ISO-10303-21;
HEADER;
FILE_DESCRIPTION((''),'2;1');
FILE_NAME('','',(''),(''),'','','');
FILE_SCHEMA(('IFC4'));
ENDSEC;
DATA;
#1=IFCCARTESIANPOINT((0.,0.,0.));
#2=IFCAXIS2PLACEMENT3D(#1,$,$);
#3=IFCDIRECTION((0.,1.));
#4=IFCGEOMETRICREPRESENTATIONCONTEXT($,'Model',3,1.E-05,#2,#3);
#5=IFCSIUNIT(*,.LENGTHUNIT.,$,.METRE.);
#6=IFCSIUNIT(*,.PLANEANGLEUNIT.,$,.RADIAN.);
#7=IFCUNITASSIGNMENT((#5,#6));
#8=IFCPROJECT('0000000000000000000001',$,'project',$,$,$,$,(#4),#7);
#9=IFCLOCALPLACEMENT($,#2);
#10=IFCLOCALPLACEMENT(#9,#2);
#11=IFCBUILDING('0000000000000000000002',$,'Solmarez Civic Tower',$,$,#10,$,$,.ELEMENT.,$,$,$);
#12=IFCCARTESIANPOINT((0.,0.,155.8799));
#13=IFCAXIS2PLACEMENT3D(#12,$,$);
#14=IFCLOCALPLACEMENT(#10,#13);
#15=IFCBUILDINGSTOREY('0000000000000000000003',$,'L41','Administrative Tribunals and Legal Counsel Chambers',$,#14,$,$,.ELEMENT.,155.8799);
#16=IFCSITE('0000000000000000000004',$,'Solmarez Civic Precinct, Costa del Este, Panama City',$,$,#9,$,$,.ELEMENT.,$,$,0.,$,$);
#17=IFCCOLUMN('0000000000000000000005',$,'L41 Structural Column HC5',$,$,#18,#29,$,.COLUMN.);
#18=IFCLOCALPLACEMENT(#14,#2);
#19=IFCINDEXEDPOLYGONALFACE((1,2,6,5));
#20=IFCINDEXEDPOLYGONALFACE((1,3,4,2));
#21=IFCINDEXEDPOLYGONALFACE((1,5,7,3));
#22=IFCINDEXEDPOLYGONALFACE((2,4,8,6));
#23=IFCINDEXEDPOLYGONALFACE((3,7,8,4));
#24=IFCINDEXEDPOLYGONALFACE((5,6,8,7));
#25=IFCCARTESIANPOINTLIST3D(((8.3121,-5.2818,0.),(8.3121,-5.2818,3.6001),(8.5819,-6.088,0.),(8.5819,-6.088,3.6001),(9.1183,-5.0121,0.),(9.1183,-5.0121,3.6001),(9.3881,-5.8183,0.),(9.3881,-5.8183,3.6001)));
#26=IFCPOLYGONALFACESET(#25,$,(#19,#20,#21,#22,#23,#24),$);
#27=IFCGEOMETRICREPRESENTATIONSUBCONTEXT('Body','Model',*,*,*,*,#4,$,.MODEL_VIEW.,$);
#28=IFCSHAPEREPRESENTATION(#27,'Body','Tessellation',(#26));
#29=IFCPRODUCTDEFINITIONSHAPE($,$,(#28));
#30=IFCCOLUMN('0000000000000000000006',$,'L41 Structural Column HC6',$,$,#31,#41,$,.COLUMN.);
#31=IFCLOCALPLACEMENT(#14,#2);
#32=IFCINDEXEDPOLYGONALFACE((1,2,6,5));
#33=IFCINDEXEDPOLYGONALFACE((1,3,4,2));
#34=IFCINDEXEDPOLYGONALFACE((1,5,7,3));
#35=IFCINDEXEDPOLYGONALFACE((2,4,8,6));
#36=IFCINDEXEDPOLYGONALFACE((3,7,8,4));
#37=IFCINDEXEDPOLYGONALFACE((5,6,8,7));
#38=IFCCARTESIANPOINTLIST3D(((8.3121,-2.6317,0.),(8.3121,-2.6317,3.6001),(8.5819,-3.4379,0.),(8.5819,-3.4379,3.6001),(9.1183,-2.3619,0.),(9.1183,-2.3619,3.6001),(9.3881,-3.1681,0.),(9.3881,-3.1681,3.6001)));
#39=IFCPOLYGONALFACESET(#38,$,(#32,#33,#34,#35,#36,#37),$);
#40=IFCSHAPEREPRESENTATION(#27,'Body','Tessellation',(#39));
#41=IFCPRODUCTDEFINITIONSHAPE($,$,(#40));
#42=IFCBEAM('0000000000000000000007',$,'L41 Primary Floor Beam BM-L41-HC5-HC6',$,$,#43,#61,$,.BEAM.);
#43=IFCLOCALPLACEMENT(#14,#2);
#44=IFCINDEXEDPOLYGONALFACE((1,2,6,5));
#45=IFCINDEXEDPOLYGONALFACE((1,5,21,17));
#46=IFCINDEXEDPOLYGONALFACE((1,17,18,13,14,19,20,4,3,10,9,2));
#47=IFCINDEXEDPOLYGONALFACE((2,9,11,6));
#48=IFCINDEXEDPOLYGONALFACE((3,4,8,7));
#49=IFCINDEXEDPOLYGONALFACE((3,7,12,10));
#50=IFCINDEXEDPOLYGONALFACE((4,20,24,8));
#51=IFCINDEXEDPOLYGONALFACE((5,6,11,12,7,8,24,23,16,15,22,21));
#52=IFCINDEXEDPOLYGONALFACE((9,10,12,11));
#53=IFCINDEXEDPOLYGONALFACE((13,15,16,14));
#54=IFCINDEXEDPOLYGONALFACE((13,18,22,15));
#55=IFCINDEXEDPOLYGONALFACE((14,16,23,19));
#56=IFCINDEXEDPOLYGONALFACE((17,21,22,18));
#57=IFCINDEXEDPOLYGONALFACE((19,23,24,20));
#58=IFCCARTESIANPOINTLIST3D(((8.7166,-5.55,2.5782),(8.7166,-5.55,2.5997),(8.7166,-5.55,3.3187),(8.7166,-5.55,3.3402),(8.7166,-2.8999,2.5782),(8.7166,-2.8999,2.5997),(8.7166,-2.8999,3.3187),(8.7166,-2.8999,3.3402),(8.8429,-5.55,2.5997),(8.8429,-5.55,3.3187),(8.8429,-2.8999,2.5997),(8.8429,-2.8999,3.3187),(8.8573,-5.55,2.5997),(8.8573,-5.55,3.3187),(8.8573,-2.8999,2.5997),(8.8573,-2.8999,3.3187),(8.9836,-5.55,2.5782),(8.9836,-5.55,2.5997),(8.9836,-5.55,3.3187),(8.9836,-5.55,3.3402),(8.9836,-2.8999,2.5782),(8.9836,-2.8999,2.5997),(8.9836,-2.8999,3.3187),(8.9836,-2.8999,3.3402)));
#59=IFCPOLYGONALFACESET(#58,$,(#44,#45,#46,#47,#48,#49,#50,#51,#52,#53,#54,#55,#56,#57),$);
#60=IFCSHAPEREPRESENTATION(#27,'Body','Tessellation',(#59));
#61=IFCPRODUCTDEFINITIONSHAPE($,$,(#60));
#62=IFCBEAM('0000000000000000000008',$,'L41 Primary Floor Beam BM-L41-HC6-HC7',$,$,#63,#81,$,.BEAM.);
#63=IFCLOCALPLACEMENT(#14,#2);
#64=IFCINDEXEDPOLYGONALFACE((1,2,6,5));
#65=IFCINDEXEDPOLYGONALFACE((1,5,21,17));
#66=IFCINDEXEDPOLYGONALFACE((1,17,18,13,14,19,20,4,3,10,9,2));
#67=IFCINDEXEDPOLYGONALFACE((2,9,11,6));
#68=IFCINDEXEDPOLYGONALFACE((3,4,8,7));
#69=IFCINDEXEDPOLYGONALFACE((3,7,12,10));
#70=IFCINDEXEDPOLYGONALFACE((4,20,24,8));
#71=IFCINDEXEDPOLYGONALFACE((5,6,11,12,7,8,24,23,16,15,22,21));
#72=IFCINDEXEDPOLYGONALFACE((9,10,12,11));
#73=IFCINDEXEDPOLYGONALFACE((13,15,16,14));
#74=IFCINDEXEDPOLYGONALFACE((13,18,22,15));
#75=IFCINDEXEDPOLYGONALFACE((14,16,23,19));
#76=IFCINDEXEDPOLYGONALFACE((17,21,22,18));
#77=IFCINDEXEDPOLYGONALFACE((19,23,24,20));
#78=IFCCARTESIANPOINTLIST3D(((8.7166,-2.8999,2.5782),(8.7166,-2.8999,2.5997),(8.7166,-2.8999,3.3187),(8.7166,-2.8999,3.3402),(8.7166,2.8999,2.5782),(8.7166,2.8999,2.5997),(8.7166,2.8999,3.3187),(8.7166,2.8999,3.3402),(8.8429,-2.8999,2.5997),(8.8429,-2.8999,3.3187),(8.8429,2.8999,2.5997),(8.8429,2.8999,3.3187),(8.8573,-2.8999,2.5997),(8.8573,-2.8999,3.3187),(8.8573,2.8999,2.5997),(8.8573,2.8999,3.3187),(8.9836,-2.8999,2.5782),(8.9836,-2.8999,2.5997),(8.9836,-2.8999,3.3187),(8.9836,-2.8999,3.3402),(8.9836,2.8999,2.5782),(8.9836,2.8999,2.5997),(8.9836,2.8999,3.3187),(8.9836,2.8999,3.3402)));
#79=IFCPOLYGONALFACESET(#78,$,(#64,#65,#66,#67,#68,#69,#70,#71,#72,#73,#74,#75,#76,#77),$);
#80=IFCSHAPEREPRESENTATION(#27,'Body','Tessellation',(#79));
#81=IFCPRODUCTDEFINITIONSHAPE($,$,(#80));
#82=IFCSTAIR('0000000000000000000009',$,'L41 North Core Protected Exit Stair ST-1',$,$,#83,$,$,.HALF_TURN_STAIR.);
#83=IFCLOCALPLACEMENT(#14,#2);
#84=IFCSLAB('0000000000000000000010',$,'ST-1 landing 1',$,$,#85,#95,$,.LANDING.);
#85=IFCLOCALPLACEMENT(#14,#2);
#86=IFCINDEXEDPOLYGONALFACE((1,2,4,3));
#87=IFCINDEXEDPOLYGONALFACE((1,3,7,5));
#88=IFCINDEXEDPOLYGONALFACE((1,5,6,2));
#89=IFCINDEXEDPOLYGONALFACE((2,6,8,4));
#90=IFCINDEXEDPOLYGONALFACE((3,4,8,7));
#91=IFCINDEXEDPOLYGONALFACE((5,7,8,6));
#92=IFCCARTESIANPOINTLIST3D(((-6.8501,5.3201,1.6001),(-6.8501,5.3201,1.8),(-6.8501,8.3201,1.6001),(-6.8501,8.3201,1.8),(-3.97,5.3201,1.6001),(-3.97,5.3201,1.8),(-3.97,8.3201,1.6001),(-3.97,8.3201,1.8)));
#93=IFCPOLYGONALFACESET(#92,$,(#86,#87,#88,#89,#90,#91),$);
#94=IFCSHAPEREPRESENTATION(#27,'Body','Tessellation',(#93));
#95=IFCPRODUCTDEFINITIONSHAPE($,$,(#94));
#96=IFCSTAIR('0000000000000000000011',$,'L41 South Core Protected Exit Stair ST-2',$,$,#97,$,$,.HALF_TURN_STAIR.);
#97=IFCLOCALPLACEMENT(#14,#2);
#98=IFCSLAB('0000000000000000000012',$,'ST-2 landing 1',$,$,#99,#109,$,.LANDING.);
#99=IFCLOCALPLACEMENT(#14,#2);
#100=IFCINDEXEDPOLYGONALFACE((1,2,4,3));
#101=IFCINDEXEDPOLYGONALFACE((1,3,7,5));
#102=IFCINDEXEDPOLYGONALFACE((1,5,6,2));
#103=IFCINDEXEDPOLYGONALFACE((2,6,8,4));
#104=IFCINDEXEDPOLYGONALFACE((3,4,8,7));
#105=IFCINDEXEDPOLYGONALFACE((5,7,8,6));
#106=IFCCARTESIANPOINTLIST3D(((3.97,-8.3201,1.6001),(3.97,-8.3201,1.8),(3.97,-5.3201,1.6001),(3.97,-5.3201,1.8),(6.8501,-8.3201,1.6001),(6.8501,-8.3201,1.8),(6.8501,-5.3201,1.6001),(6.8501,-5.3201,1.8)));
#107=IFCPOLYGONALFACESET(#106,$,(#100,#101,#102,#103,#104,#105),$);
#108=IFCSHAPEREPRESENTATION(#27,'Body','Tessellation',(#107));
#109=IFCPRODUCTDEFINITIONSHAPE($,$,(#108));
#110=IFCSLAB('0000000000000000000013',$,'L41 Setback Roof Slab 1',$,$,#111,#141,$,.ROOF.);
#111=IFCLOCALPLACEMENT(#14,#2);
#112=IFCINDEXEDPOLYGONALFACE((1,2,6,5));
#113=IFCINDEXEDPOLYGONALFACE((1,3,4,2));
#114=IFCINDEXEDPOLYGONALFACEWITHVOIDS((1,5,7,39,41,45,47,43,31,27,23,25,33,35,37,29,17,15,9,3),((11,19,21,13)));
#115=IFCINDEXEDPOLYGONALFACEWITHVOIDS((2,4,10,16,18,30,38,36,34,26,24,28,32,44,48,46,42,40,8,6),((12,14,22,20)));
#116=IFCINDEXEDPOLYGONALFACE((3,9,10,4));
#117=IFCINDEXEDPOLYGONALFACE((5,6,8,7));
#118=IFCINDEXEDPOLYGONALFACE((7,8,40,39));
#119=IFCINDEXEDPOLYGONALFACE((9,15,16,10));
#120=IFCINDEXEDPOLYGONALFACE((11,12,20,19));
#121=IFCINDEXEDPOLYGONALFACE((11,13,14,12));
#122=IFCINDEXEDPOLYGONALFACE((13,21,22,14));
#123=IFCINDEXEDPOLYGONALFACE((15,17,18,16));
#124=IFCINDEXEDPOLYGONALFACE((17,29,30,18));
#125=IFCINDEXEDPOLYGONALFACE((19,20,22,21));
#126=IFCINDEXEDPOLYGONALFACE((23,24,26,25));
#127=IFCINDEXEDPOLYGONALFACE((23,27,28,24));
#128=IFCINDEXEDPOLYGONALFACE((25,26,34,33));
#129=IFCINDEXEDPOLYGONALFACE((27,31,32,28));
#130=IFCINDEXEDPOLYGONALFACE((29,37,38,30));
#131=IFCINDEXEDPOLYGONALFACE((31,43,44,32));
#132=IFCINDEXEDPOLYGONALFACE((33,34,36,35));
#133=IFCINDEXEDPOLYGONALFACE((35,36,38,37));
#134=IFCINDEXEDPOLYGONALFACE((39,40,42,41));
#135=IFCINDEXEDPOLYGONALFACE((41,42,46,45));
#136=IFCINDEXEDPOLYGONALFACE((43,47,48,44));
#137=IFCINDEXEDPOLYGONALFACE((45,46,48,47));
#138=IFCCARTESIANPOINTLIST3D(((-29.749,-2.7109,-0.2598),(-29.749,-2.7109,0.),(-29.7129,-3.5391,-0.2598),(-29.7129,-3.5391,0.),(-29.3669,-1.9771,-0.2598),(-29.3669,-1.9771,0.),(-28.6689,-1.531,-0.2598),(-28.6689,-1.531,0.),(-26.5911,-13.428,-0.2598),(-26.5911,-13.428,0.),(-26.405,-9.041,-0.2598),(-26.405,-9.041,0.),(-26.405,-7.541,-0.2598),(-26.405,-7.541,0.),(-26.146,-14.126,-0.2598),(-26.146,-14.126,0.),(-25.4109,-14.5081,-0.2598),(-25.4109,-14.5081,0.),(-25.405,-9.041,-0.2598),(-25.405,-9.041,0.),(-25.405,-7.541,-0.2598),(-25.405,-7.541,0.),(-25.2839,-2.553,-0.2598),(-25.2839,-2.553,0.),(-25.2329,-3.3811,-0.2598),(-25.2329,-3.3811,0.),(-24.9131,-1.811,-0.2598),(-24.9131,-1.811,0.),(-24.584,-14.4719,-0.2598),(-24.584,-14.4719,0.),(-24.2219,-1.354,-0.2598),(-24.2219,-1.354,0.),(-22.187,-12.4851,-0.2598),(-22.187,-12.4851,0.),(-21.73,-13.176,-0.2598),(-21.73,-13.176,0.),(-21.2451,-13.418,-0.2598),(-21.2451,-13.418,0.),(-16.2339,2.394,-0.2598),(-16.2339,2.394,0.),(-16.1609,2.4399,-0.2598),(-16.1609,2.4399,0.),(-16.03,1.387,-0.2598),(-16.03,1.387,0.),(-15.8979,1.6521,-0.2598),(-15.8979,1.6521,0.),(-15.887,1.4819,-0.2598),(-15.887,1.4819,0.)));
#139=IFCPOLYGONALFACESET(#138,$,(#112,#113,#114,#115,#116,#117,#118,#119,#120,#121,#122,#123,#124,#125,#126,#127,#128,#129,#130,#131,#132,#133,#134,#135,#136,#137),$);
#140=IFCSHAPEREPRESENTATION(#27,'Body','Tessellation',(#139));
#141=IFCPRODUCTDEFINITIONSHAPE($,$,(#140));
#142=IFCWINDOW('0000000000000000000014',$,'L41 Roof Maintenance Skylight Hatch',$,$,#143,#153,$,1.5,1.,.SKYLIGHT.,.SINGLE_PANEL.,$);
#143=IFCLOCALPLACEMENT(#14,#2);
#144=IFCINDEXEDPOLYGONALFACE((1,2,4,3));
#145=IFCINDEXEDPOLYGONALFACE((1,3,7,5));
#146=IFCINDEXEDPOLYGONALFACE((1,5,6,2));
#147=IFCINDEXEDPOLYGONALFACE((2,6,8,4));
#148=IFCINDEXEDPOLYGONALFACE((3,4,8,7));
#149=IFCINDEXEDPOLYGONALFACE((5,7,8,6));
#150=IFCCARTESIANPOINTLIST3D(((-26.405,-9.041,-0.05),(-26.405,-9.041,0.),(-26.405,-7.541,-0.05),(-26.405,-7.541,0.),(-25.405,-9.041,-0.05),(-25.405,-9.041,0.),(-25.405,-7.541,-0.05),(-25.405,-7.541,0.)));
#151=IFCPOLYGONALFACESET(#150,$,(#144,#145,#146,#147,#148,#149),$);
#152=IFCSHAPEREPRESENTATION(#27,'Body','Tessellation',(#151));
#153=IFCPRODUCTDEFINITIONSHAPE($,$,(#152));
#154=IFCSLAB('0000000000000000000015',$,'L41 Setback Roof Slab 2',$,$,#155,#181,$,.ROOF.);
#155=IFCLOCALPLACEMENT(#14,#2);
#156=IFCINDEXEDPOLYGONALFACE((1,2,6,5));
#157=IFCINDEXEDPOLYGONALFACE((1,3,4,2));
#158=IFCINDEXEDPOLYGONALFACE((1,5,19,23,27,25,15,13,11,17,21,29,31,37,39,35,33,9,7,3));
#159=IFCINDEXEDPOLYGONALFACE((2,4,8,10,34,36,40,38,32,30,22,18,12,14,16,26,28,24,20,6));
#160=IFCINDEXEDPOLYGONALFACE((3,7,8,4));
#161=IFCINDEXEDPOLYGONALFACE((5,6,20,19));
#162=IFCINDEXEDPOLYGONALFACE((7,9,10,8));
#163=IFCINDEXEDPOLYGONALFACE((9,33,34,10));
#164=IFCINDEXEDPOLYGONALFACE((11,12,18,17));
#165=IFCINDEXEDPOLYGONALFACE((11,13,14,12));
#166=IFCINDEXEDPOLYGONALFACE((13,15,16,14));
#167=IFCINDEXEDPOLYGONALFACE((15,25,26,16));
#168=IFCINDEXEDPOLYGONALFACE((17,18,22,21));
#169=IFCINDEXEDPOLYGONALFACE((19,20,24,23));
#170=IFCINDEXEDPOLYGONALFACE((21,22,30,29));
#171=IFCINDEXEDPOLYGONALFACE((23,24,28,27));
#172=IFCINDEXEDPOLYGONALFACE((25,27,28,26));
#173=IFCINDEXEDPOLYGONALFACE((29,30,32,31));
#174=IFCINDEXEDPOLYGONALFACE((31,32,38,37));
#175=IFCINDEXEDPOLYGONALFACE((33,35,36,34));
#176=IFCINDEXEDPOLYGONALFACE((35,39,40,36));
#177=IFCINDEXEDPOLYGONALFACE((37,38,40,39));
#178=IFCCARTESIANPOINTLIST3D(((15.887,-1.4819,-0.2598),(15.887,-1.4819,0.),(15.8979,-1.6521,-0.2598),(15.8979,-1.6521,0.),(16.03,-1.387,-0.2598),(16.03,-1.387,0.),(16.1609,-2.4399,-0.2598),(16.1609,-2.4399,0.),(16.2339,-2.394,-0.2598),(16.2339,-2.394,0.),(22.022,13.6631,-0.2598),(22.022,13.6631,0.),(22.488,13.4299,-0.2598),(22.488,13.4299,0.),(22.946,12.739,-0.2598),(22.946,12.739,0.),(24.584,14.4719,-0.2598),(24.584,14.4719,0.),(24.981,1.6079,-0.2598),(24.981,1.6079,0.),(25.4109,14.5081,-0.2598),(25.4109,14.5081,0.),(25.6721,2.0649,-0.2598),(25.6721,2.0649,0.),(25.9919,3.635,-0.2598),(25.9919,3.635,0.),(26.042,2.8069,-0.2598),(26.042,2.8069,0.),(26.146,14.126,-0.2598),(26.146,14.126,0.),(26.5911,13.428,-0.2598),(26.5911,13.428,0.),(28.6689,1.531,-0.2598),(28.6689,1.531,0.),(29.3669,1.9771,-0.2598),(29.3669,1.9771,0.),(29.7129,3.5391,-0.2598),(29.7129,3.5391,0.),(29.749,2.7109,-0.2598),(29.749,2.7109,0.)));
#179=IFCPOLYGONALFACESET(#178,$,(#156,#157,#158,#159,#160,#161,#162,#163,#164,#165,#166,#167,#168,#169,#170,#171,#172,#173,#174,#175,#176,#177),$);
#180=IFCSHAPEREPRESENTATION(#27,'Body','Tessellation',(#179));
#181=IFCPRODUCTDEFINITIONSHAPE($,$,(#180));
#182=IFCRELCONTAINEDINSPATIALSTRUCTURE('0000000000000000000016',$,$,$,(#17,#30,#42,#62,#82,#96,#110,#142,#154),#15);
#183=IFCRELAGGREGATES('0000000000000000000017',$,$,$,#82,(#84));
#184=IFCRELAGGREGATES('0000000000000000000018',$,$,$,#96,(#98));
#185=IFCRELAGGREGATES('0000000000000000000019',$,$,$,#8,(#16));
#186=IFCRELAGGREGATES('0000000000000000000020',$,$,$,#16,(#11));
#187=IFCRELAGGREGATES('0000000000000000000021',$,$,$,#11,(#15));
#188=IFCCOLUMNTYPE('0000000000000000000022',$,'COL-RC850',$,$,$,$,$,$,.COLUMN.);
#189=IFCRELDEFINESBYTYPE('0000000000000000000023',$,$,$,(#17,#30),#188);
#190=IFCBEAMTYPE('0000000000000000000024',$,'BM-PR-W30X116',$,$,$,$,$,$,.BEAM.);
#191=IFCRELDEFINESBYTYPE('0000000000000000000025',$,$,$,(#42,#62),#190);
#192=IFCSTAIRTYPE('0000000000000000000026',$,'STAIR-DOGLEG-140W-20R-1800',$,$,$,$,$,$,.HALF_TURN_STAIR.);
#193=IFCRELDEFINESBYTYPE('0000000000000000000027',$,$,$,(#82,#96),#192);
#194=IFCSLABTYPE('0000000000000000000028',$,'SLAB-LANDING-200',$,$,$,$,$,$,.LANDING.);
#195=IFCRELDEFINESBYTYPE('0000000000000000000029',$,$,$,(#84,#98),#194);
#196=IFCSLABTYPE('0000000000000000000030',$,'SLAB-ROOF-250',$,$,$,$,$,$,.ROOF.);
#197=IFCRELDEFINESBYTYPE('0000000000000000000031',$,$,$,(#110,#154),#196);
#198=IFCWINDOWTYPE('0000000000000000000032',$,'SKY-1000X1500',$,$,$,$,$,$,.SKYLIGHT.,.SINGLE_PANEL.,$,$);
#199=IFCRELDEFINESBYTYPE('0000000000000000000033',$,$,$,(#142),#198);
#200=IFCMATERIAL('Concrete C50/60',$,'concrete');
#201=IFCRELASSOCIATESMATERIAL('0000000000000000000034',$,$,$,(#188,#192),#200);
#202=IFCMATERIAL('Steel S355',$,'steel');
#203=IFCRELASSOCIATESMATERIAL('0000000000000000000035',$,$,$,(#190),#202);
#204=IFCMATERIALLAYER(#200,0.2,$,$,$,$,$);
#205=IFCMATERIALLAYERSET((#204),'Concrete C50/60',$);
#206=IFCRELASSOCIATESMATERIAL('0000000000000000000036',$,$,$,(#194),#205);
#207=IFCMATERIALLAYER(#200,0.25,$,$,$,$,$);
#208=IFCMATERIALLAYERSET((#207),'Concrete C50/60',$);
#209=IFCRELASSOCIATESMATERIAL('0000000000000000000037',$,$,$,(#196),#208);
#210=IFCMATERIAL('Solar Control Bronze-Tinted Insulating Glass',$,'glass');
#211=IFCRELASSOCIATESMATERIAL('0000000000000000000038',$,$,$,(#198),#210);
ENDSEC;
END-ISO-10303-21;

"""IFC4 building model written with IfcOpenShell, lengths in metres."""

from ifc_helpers import new_model, si_unit, direction, frame, origin, origin_2d, place, context, subcontext, project, spatial, polyline, rectangle, i_section, outline, extrude, material, layer, layer_set, material_profile, profile_set, type_object, element, fill, aggregate, save


model = new_model("IFC4")

# Units and contexts
model_context = context("Model", 3, precision=1e-05, world=origin(), true_north=direction((0.0, 1.0)))
body_context = subcontext(model_context, "Body", "Model", "MODEL_VIEW")
ifc_project = project(units=[si_unit("LENGTHUNIT", "METRE"), si_unit("PLANEANGLEUNIT", "RADIAN")], contexts=[model_context])

# Site, building, storey
site_placement = place(None, origin())
site = spatial("IfcSite", under=ifc_project, at=site_placement, Name="Solmarez Civic Precinct, Costa del Este, Panama City", CompositionType="ELEMENT", RefElevation=0.0)
building_placement = place(site_placement, origin())
building = spatial("IfcBuilding", under=site, at=building_placement, Name="Solmarez Civic Tower", CompositionType="ELEMENT")
storey_placement = place(building_placement, frame((0.0, 0.0, 155.8799)))
storey = spatial("IfcBuildingStorey", under=building, at=storey_placement, Name="L41", Description="Administrative Tribunals and Legal Counsel Chambers", CompositionType="ELEMENT", Elevation=155.8799)

# Columns
ifc_material_1 = material(Name="Concrete C50/60", Category="concrete")
ifc_material_profile_1 = material_profile(ifc_material_1, rectangle(XDim=0.8501, YDim=0.8501, at=origin_2d()), Name="RC850X850")
ifc_profile_set_1 = profile_set([ifc_material_profile_1], Name="Concrete C50/60")
column_type = type_object("IfcColumnType", Name="COL-RC850", PredefinedType="COLUMN", material=ifc_profile_set_1)
for number, where, z_axis, x_axis, name in (
    (1, (8.8501, -5.55, 0.0), (0.0, 0.0, 1.0), (0.948324, 0.317305, 0.0), "L41 Structural Column HC5"),
    (2, (8.8501, -2.8999, 0.0), (0.0, 0.0, 1.0), (0.948324, 0.317305, 0.0), "L41 Structural Column HC6"),
):
    element("IfcColumn", number, at=place(storey_placement, frame(where, z_axis=z_axis, x_axis=x_axis)), inside=storey, type_object=column_type, Name=name, PredefinedType="COLUMN", context=body_context, shape_type="SweptSolid", body=[
        extrude(rectangle(XDim=0.8501, YDim=0.8501, at=origin_2d()), origin(), (0.0, 0.0, 1.0), 3.6001),
    ])

# Beams
ifc_material_2 = material(Name="Steel S355", Category="steel")
ifc_material_profile_2 = material_profile(ifc_material_2, i_section(OverallWidth=0.2671, OverallDepth=0.762, WebThickness=0.0144, FlangeThickness=0.0215, at=origin_2d()), Name="W30X116")
ifc_profile_set_2 = profile_set([ifc_material_profile_2], Name="Steel S355")
beam_type = type_object("IfcBeamType", Name="BM-PR-W30X116", PredefinedType="BEAM", material=ifc_profile_set_2)
beam_1_placement = place(storey_placement, frame((8.8501, -5.55, 2.9592), z_axis=(0.0, 1.0, 0.0), x_axis=(-1.0, 0.0, 0.0)))
element("IfcBeam", 3, at=beam_1_placement, inside=storey, type_object=beam_type, Name="L41 Primary Floor Beam BM-L41-HC5-HC6", PredefinedType="BEAM", context=body_context, shape_type="SweptSolid", body=[
    extrude(i_section(OverallWidth=0.2671, OverallDepth=0.762, WebThickness=0.0144, FlangeThickness=0.0215, at=origin_2d()), origin(), (0.0, 0.0, 1.0), 2.6501),
])
beam_2_placement = place(storey_placement, frame((8.8501, -2.8999, 2.9592), z_axis=(0.0, 1.0, 0.0), x_axis=(-1.0, 0.0, 0.0)))
element("IfcBeam", 4, at=beam_2_placement, inside=storey, type_object=beam_type, Name="L41 Primary Floor Beam BM-L41-HC6-HC7", PredefinedType="BEAM", context=body_context, shape_type="SweptSolid", body=[
    extrude(i_section(OverallWidth=0.2671, OverallDepth=0.762, WebThickness=0.0144, FlangeThickness=0.0215, at=origin_2d()), origin(), (0.0, 0.0, 1.0), 5.7998),
])

# Stairs, slabs
stair_type = type_object("IfcStairType", Name="STAIR-DOGLEG-140W-20R-1800", PredefinedType="HALF_TURN_STAIR", material=ifc_material_1)
stair_1_placement = place(storey_placement, origin())
stair_1 = element("IfcStair", 5, at=stair_1_placement, inside=storey, type_object=stair_type, Name="L41 North Core Protected Exit Stair ST-1", PredefinedType="HALF_TURN_STAIR")
ifc_layer_1 = layer(ifc_material_1, 0.2)
ifc_layer_set_1 = layer_set([ifc_layer_1], Name="Concrete C50/60")
slab_type_1 = type_object("IfcSlabType", Name="SLAB-LANDING-200", PredefinedType="LANDING", material=ifc_layer_set_1)
slab_1_placement = place(storey_placement, frame((0.0, 0.0, 1.6001)))
slab_1 = element("IfcSlab", 6, at=slab_1_placement, type_object=slab_type_1, Name="ST-1 landing 1", PredefinedType="LANDING", context=body_context, shape_type="SweptSolid", body=[
    extrude(outline(polyline([(-3.97, 8.3201), (-6.8501, 8.3201), (-6.8501, 5.3201), (-3.97, 5.3201), (-3.97, 8.3201)])), origin(), (0.0, 0.0, 1.0), 0.2),
])
aggregate(stair_1, [slab_1])
stair_2_placement = place(storey_placement, origin())
stair_2 = element("IfcStair", 7, at=stair_2_placement, inside=storey, type_object=stair_type, Name="L41 South Core Protected Exit Stair ST-2", PredefinedType="HALF_TURN_STAIR")
slab_2_placement = place(storey_placement, frame((0.0, 0.0, 1.6001)))
slab_2 = element("IfcSlab", 8, at=slab_2_placement, type_object=slab_type_1, Name="ST-2 landing 1", PredefinedType="LANDING", context=body_context, shape_type="SweptSolid", body=[
    extrude(outline(polyline([(3.97, -8.3201), (6.8501, -8.3201), (6.8501, -5.3201), (3.97, -5.3201), (3.97, -8.3201)])), origin(), (0.0, 0.0, 1.0), 0.2),
])

# Slab, opening, window
ifc_layer_2 = layer(ifc_material_1, 0.25)
ifc_layer_set_2 = layer_set([ifc_layer_2], Name="Concrete C50/60")
slab_type_2 = type_object("IfcSlabType", Name="SLAB-ROOF-250", PredefinedType="ROOF", material=ifc_layer_set_2)
slab_3_placement = place(storey_placement, frame((0.0, 0.0, -0.2598)))
slab_3 = element("IfcSlab", 9, at=slab_3_placement, inside=storey, type_object=slab_type_2, Name="L41 Setback Roof Slab 1", PredefinedType="ROOF", context=body_context, shape_type="SweptSolid", body=[
    extrude(outline(polyline([(-21.2451, -13.418), (-21.73, -13.176), (-22.187, -12.4851), (-25.2329, -3.3811), (-25.2839, -2.553), (-24.9131, -1.811), (-24.2219, -1.354), (-16.03, 1.387), (-15.887, 1.4819), (-15.8979, 1.6521), (-16.1609, 2.4399), (-16.2339, 2.394), (-28.6689, -1.531), (-29.3669, -1.9771), (-29.749, -2.7109), (-29.7129, -3.5391), (-26.5911, -13.428), (-26.146, -14.126), (-25.4109, -14.5081), (-24.584, -14.4719), (-21.2451, -13.418)])), origin(), (0.0, 0.0, 1.0), 0.2598),
])
opening_1_placement = place(slab_3_placement, frame((-25.905, -8.291, 0.0)))
opening_1 = element("IfcOpeningElement", 10, at=opening_1_placement, cuts=slab_3, PredefinedType="OPENING", context=body_context, shape_type="SweptSolid", body=[
    extrude(rectangle(XDim=1.0, YDim=1.5, at=origin_2d()), frame((0.0, 0.0, -0.01)), (0.0, 0.0, 1.0), 0.2798),
])
ifc_material_3 = material(Name="Solar Control Bronze-Tinted Insulating Glass", Category="glass")
window_type = type_object("IfcWindowType", Name="SKY-1000X1500", PartitioningType="SINGLE_PANEL", PredefinedType="SKYLIGHT", material=ifc_material_3)
window_placement = place(opening_1_placement, frame((0.0, 0.0, 0.2097)))
window = element("IfcWindow", 11, at=window_placement, inside=storey, type_object=window_type, Name="L41 Roof Maintenance Skylight Hatch", OverallHeight=1.5, OverallWidth=1.0, PartitioningType="SINGLE_PANEL", PredefinedType="SKYLIGHT", context=body_context, shape_type="SweptSolid", body=[
    extrude(rectangle(XDim=1.0, YDim=1.5, at=origin_2d()), origin(), (0.0, 0.0, 1.0), 0.05),
])
fill(opening_1, window)

# Slab
slab_4_placement = place(storey_placement, frame((0.0, 0.0, -0.2598)))
element("IfcSlab", 12, at=slab_4_placement, inside=storey, type_object=slab_type_2, Name="L41 Setback Roof Slab 2", PredefinedType="ROOF", context=body_context, shape_type="SweptSolid", body=[
    extrude(outline(polyline([(22.022, 13.6631), (22.488, 13.4299), (22.946, 12.739), (25.9919, 3.635), (26.042, 2.8069), (25.6721, 2.0649), (24.981, 1.6079), (16.03, -1.387), (15.887, -1.4819), (15.8979, -1.6521), (16.1609, -2.4399), (16.2339, -2.394), (28.6689, 1.531), (29.3669, 1.9771), (29.749, 2.7109), (29.7129, 3.5391), (26.5911, 13.428), (26.146, 14.126), (25.4109, 14.5081), (24.584, 14.4719), (22.022, 13.6631)])), origin(), (0.0, 0.0, 1.0), 0.2598),
])

aggregate(stair_2, [slab_2])

save(model, "model.ifc")
